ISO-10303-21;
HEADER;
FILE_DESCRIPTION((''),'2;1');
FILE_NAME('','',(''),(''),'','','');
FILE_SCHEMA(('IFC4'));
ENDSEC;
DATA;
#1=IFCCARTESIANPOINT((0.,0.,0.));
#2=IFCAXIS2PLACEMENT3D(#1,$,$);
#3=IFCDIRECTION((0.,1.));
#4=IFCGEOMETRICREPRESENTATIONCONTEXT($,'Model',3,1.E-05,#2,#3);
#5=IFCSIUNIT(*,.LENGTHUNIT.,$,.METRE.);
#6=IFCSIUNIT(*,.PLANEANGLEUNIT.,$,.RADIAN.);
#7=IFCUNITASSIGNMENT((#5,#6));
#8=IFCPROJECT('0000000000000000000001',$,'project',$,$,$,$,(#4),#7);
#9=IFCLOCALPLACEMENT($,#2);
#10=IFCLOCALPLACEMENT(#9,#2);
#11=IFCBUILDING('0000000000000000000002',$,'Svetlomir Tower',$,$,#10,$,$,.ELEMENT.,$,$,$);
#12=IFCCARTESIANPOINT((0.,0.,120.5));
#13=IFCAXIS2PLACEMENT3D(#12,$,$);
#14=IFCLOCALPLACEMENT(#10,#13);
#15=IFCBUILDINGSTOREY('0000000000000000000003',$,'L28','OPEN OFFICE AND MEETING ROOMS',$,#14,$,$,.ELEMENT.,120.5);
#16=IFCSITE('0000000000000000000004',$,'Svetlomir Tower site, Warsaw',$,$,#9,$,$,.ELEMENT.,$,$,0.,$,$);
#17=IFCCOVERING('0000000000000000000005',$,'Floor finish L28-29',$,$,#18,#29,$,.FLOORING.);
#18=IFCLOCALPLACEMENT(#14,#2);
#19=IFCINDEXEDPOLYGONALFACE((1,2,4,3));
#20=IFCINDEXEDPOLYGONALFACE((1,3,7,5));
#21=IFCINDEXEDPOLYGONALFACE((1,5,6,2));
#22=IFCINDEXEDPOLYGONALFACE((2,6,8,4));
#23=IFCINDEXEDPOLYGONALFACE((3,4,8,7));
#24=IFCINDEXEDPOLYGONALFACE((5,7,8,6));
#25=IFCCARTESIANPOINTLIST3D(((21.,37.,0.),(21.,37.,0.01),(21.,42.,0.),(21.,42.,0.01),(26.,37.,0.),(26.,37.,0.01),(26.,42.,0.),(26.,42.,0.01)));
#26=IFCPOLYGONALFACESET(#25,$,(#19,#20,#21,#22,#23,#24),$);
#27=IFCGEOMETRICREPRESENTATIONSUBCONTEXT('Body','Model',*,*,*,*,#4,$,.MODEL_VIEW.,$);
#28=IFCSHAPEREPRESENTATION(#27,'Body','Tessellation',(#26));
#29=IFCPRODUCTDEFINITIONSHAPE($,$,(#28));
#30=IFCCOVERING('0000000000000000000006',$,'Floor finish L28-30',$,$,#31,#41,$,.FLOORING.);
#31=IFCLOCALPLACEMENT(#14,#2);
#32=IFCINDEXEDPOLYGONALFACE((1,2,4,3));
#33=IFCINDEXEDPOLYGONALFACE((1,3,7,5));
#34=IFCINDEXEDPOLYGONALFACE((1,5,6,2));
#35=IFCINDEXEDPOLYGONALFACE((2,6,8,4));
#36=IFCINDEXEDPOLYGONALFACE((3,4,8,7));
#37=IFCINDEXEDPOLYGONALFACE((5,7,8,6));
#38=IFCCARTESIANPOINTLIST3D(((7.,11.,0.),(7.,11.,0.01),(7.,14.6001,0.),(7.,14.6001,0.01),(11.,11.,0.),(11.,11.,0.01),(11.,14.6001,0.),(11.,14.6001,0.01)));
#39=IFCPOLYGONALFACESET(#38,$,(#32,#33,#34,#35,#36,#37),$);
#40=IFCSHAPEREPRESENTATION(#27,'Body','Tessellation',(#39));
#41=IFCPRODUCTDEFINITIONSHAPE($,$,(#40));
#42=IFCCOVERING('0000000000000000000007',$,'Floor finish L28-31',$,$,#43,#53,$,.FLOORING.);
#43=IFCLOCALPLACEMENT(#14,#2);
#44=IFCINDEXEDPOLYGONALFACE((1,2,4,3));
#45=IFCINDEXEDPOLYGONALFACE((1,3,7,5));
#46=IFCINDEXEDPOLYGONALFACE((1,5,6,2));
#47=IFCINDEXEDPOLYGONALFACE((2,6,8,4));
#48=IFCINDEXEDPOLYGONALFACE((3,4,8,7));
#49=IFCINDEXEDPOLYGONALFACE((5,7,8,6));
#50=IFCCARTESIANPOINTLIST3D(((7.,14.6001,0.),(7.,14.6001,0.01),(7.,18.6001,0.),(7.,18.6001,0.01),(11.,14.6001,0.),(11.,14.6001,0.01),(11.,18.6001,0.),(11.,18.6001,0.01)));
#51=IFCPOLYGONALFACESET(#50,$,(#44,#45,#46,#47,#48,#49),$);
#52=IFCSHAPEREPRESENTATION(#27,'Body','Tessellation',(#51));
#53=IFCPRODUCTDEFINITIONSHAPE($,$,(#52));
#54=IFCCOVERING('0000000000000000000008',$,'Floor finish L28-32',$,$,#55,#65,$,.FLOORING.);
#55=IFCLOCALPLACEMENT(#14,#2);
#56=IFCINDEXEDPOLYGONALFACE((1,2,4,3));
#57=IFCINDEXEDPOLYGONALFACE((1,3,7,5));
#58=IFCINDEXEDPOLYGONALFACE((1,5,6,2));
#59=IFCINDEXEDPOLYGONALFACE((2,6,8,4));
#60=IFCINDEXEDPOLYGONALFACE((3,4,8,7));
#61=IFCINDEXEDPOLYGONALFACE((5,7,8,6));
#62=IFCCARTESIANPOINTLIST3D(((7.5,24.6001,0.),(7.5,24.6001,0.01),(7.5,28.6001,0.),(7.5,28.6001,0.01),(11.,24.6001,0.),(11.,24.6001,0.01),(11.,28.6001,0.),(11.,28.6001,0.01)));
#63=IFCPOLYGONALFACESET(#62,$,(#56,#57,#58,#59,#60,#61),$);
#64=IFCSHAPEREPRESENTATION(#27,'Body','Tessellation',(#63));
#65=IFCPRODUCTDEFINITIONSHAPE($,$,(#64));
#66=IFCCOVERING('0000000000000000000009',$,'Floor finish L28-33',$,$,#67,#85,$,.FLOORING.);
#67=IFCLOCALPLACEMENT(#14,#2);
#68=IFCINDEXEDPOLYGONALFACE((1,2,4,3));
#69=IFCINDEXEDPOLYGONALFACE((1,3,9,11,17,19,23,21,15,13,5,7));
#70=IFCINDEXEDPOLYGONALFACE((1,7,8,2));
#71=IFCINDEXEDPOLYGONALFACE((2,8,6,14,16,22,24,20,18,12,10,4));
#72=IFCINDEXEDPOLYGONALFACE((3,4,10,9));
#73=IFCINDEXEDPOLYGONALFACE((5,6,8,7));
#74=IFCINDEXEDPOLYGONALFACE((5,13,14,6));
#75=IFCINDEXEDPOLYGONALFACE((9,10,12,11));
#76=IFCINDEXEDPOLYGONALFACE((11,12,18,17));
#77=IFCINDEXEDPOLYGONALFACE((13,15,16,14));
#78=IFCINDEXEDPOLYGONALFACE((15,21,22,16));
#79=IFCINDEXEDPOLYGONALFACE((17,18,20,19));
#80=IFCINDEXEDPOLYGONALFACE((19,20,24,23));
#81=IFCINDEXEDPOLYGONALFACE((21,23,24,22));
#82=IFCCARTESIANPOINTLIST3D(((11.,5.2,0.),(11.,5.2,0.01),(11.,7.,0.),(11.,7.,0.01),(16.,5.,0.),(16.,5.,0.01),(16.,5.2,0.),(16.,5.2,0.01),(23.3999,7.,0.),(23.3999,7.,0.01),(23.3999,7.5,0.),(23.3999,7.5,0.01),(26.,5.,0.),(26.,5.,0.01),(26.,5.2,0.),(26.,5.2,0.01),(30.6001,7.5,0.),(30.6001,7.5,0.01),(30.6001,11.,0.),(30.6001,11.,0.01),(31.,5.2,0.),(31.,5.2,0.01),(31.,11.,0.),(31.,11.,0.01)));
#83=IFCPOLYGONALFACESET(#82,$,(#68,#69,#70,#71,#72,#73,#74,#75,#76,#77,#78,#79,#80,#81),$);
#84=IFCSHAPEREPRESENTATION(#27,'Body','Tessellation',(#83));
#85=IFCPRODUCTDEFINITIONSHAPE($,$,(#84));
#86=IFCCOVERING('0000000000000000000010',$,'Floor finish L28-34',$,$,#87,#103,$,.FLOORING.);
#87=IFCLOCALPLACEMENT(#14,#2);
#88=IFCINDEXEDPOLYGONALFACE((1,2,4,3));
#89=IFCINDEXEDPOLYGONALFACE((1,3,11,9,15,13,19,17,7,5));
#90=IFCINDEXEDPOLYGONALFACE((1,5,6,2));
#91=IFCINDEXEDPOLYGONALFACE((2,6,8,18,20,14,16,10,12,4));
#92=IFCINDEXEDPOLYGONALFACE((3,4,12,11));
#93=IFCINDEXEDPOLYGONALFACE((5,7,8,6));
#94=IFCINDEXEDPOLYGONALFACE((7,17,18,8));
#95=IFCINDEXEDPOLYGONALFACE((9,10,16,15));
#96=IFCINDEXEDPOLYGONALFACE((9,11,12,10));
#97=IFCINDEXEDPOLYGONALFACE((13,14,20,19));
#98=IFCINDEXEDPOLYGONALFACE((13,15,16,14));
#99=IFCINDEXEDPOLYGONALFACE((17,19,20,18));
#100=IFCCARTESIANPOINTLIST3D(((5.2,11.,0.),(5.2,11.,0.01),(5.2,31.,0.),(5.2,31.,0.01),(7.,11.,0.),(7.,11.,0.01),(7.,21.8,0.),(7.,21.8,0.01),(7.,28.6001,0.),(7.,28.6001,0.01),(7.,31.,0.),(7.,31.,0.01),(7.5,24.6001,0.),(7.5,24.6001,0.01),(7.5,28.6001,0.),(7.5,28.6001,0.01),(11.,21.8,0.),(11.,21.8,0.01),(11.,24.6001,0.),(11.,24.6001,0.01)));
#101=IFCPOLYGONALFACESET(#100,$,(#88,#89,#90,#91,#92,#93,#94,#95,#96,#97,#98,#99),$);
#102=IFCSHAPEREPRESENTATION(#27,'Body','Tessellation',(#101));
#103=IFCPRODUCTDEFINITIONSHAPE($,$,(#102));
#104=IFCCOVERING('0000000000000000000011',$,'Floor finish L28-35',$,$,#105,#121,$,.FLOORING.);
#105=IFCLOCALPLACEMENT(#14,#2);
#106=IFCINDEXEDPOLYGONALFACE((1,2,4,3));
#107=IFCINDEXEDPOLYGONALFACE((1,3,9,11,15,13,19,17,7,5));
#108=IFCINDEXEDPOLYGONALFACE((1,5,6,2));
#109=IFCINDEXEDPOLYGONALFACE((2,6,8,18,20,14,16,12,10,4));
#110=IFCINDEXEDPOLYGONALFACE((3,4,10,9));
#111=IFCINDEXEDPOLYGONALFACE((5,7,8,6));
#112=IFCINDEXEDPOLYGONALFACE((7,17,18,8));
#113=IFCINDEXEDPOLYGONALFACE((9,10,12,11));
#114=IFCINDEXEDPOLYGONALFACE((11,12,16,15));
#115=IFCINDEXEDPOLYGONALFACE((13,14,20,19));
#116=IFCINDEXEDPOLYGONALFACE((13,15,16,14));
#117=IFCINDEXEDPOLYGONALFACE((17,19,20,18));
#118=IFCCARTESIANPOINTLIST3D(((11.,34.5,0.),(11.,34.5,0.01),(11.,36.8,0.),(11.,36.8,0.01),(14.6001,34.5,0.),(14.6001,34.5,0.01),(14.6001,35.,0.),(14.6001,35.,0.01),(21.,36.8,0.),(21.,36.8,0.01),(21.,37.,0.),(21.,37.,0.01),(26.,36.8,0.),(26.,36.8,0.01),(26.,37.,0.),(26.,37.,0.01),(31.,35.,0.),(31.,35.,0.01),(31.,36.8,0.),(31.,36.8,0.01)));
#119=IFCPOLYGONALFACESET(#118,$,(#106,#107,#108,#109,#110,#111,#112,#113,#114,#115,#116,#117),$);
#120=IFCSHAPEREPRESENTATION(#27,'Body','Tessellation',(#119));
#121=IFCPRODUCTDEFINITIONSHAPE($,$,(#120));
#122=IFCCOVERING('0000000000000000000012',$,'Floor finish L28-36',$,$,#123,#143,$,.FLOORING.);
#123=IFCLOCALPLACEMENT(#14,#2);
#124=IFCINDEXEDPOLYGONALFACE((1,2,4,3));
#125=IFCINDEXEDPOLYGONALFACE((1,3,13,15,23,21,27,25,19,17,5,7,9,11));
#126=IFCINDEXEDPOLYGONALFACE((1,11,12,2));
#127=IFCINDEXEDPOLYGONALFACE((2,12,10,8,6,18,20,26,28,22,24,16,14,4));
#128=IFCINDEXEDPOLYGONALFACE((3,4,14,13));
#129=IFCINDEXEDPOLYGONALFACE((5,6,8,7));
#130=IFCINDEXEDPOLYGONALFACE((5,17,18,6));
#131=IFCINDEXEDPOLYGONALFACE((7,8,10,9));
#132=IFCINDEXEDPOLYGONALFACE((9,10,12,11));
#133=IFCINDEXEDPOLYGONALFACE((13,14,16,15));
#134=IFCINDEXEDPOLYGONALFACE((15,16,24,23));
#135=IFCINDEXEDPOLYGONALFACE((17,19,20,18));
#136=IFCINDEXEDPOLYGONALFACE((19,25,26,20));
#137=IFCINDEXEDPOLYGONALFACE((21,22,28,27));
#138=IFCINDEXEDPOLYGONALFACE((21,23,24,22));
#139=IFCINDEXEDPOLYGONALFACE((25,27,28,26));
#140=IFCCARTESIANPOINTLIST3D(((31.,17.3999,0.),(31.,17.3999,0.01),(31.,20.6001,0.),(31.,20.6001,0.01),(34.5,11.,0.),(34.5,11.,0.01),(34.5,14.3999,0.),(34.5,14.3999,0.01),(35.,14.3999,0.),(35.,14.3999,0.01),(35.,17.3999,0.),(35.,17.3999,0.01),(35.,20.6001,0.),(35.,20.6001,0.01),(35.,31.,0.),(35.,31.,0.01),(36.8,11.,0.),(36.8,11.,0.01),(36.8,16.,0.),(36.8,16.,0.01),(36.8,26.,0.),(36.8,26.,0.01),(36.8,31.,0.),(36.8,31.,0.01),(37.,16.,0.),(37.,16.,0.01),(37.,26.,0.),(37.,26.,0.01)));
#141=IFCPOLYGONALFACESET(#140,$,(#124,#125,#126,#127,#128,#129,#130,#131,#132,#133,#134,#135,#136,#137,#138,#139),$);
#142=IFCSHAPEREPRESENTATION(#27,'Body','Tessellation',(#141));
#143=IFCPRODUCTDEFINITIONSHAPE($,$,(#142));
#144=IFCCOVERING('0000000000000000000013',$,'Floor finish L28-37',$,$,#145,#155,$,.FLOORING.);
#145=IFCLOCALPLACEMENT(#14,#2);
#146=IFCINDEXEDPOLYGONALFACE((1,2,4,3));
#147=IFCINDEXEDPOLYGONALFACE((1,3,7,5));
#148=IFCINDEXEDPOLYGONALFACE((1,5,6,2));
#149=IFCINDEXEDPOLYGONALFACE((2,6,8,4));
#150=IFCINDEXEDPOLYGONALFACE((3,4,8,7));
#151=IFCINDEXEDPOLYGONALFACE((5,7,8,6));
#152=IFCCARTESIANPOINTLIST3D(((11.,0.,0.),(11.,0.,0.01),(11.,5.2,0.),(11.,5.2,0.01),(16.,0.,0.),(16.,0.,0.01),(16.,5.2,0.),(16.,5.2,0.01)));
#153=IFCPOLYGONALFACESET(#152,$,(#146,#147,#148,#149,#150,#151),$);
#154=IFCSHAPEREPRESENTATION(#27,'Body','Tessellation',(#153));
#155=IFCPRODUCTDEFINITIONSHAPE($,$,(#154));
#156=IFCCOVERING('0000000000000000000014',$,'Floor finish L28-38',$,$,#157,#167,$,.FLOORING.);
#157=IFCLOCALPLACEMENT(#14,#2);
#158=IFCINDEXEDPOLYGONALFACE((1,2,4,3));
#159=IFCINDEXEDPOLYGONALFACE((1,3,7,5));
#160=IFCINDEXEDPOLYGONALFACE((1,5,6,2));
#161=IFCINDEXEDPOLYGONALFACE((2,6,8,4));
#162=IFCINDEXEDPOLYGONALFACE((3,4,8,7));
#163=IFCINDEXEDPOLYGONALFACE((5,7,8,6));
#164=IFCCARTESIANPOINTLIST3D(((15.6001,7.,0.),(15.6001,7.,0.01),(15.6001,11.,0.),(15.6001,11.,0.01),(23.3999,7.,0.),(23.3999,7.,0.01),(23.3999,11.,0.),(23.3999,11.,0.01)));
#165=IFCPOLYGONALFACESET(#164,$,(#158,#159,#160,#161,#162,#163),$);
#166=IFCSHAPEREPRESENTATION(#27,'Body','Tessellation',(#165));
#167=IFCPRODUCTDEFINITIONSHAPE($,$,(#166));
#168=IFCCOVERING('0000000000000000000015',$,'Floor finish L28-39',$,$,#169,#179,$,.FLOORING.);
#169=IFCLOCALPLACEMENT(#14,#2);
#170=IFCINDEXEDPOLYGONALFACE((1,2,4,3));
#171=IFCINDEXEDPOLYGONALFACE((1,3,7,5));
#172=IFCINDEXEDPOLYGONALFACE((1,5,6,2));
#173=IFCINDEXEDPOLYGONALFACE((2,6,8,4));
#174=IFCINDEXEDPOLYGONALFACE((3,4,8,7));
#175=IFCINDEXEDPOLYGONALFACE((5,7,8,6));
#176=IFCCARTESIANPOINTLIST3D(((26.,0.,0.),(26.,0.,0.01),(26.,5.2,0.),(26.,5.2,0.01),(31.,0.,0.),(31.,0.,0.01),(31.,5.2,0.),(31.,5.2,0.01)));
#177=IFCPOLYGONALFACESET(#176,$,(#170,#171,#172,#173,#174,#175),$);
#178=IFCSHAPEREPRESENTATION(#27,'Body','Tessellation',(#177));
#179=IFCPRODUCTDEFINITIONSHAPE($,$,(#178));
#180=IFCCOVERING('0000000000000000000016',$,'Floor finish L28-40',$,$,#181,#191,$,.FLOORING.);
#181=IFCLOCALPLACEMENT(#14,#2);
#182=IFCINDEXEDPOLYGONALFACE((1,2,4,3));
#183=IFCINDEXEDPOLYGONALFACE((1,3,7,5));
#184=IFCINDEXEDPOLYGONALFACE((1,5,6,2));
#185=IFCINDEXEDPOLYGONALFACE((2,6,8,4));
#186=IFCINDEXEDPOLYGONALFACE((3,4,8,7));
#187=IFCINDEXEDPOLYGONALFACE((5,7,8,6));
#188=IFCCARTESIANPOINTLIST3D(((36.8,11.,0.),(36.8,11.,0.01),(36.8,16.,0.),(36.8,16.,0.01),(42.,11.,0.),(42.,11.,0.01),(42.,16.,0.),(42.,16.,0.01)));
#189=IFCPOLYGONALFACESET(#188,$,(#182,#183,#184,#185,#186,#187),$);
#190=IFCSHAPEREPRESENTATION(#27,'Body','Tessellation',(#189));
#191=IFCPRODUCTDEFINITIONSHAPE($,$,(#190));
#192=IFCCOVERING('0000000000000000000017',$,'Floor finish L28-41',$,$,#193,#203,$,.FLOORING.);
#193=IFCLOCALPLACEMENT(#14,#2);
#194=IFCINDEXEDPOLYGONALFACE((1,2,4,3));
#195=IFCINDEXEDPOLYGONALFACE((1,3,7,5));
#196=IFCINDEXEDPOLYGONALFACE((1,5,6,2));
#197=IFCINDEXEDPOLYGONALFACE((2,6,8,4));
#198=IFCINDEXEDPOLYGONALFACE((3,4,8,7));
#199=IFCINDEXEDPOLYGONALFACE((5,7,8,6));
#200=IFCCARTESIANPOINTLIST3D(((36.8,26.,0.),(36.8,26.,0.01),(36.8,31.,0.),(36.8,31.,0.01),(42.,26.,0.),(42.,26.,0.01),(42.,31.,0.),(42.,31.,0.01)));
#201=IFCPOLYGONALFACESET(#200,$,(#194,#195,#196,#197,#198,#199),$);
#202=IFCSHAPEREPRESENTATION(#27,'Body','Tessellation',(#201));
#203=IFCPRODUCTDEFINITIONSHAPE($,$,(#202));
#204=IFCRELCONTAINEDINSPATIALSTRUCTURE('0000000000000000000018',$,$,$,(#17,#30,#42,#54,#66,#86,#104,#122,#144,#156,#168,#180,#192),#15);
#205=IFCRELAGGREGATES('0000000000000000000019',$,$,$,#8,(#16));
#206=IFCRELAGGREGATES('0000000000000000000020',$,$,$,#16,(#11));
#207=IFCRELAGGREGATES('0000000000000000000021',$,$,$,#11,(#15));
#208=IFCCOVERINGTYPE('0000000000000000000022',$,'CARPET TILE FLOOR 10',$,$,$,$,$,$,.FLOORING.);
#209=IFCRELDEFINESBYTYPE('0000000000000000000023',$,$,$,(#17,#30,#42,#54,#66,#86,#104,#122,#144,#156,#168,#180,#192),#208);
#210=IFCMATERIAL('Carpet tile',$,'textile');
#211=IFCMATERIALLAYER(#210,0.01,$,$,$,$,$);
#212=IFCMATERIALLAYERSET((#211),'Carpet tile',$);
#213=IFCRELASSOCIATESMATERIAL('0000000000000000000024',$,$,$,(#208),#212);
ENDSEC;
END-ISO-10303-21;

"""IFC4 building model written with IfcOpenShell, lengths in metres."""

from ifc_helpers import new_model, si_unit, direction, frame, origin, place, context, subcontext, project, spatial, polyline, outline, extrude, material, layer, layer_set, type_object, element, save


model = new_model("IFC4")

# Units and contexts
model_context = context("Model", 3, precision=1e-05, world=origin(), true_north=direction((0.0, 1.0)))
body_context = subcontext(model_context, "Body", "Model", "MODEL_VIEW")
ifc_project = project(units=[si_unit("LENGTHUNIT", "METRE"), si_unit("PLANEANGLEUNIT", "RADIAN")], contexts=[model_context])

# Site, building, storey
site_placement = place(None, origin())
site = spatial("IfcSite", under=ifc_project, at=site_placement, Name="Svetlomir Tower site, Warsaw", CompositionType="ELEMENT", RefElevation=0.0)
building_placement = place(site_placement, origin())
building = spatial("IfcBuilding", under=site, at=building_placement, Name="Svetlomir Tower", CompositionType="ELEMENT")
storey_placement = place(building_placement, frame((0.0, 0.0, 120.5)))
storey = spatial("IfcBuildingStorey", under=building, at=storey_placement, Name="L28", Description="OPEN OFFICE AND MEETING ROOMS", CompositionType="ELEMENT", Elevation=120.5)

# Coverings
ifc_material_1 = material(Name="Carpet tile", Category="textile")
ifc_layer_1 = layer(ifc_material_1, 0.01)
ifc_layer_set_1 = layer_set([ifc_layer_1], Name="Carpet tile")
covering_type_1 = type_object("IfcCoveringType", Name="CARPET TILE FLOOR 10", PredefinedType="FLOORING", material=ifc_layer_set_1)
covering_1_placement = place(storey_placement, origin())
element("IfcCovering", 1, at=covering_1_placement, inside=storey, type_object=covering_type_1, Name="Floor finish L28-29", PredefinedType="FLOORING", context=body_context, shape_type="SweptSolid", body=[
    extrude(outline(polyline([(21.0, 37.0), (26.0, 37.0), (26.0, 42.0), (21.0, 42.0), (21.0, 37.0)])), origin(), (0.0, 0.0, 1.0), 0.01),
])
covering_2_placement = place(storey_placement, origin())
element("IfcCovering", 2, at=covering_2_placement, inside=storey, type_object=covering_type_1, Name="Floor finish L28-30", PredefinedType="FLOORING", context=body_context, shape_type="SweptSolid", body=[
    extrude(outline(polyline([(7.0, 11.0), (11.0, 11.0), (11.0, 14.6001), (7.0, 14.6001), (7.0, 11.0)])), origin(), (0.0, 0.0, 1.0), 0.01),
])
covering_3_placement = place(storey_placement, origin())
element("IfcCovering", 3, at=covering_3_placement, inside=storey, type_object=covering_type_1, Name="Floor finish L28-31", PredefinedType="FLOORING", context=body_context, shape_type="SweptSolid", body=[
    extrude(outline(polyline([(7.0, 14.6001), (11.0, 14.6001), (11.0, 18.6001), (7.0, 18.6001), (7.0, 14.6001)])), origin(), (0.0, 0.0, 1.0), 0.01),
])
covering_4_placement = place(storey_placement, origin())
element("IfcCovering", 4, at=covering_4_placement, inside=storey, type_object=covering_type_1, Name="Floor finish L28-32", PredefinedType="FLOORING", context=body_context, shape_type="SweptSolid", body=[
    extrude(outline(polyline([(7.5, 24.6001), (11.0, 24.6001), (11.0, 28.6001), (7.5, 28.6001), (7.5, 24.6001)])), origin(), (0.0, 0.0, 1.0), 0.01),
])
covering_5_placement = place(storey_placement, origin())
element("IfcCovering", 5, at=covering_5_placement, inside=storey, type_object=covering_type_1, Name="Floor finish L28-33", PredefinedType="FLOORING", context=body_context, shape_type="SweptSolid", body=[
    extrude(outline(polyline([(16.0, 5.0), (16.0, 5.2), (11.0, 5.2), (11.0, 7.0), (23.3999, 7.0), (23.3999, 7.5), (30.6001, 7.5), (30.6001, 11.0), (31.0, 11.0), (31.0, 5.2), (26.0, 5.2), (26.0, 5.0), (16.0, 5.0)])), origin(), (0.0, 0.0, 1.0), 0.01),
])
covering_6_placement = place(storey_placement, origin())
element("IfcCovering", 6, at=covering_6_placement, inside=storey, type_object=covering_type_1, Name="Floor finish L28-34", PredefinedType="FLOORING", context=body_context, shape_type="SweptSolid", body=[
    extrude(outline(polyline([(7.0, 21.8), (7.0, 11.0), (5.2, 11.0), (5.2, 31.0), (7.0, 31.0), (7.0, 28.6001), (7.5, 28.6001), (7.5, 24.6001), (11.0, 24.6001), (11.0, 21.8), (7.0, 21.8)])), origin(), (0.0, 0.0, 1.0), 0.01),
])
covering_7_placement = place(storey_placement, origin())
element("IfcCovering", 7, at=covering_7_placement, inside=storey, type_object=covering_type_1, Name="Floor finish L28-35", PredefinedType="FLOORING", context=body_context, shape_type="SweptSolid", body=[
    extrude(outline(polyline([(31.0, 35.0), (14.6001, 35.0), (14.6001, 34.5), (11.0, 34.5), (11.0, 36.8), (21.0, 36.8), (21.0, 37.0), (26.0, 37.0), (26.0, 36.8), (31.0, 36.8), (31.0, 35.0)])), origin(), (0.0, 0.0, 1.0), 0.01),
])
covering_8_placement = place(storey_placement, origin())
element("IfcCovering", 8, at=covering_8_placement, inside=storey, type_object=covering_type_1, Name="Floor finish L28-36", PredefinedType="FLOORING", context=body_context, shape_type="SweptSolid", body=[
    extrude(outline(polyline([(34.5, 14.3999), (35.0, 14.3999), (35.0, 17.3999), (31.0, 17.3999), (31.0, 20.6001), (35.0, 20.6001), (35.0, 31.0), (36.8, 31.0), (36.8, 26.0), (37.0, 26.0), (37.0, 16.0), (36.8, 16.0), (36.8, 11.0), (34.5, 11.0), (34.5, 14.3999)])), origin(), (0.0, 0.0, 1.0), 0.01),
])
covering_9_placement = place(storey_placement, origin())
element("IfcCovering", 9, at=covering_9_placement, inside=storey, type_object=covering_type_1, Name="Floor finish L28-37", PredefinedType="FLOORING", context=body_context, shape_type="SweptSolid", body=[
    extrude(outline(polyline([(16.0, 5.2), (16.0, 0.0), (11.0, 0.0), (11.0, 5.2), (16.0, 5.2)])), origin(), (0.0, 0.0, 1.0), 0.01),
])
covering_10_placement = place(storey_placement, origin())
element("IfcCovering", 10, at=covering_10_placement, inside=storey, type_object=covering_type_1, Name="Floor finish L28-38", PredefinedType="FLOORING", context=body_context, shape_type="SweptSolid", body=[
    extrude(outline(polyline([(23.3999, 11.0), (23.3999, 7.0), (15.6001, 7.0), (15.6001, 11.0), (23.3999, 11.0)])), origin(), (0.0, 0.0, 1.0), 0.01),
])
covering_11_placement = place(storey_placement, origin())
element("IfcCovering", 11, at=covering_11_placement, inside=storey, type_object=covering_type_1, Name="Floor finish L28-39", PredefinedType="FLOORING", context=body_context, shape_type="SweptSolid", body=[
    extrude(outline(polyline([(26.0, 0.0), (26.0, 5.2), (31.0, 5.2), (31.0, 0.0), (26.0, 0.0)])), origin(), (0.0, 0.0, 1.0), 0.01),
])
covering_12_placement = place(storey_placement, origin())
element("IfcCovering", 12, at=covering_12_placement, inside=storey, type_object=covering_type_1, Name="Floor finish L28-40", PredefinedType="FLOORING", context=body_context, shape_type="SweptSolid", body=[
    extrude(outline(polyline([(36.8, 16.0), (42.0, 16.0), (42.0, 11.0), (36.8, 11.0), (36.8, 16.0)])), origin(), (0.0, 0.0, 1.0), 0.01),
])
covering_13_placement = place(storey_placement, origin())
element("IfcCovering", 13, at=covering_13_placement, inside=storey, type_object=covering_type_1, Name="Floor finish L28-41", PredefinedType="FLOORING", context=body_context, shape_type="SweptSolid", body=[
    extrude(outline(polyline([(42.0, 26.0), (36.8, 26.0), (36.8, 31.0), (42.0, 31.0), (42.0, 26.0)])), origin(), (0.0, 0.0, 1.0), 0.01),
])

save(model, "model.ifc")
